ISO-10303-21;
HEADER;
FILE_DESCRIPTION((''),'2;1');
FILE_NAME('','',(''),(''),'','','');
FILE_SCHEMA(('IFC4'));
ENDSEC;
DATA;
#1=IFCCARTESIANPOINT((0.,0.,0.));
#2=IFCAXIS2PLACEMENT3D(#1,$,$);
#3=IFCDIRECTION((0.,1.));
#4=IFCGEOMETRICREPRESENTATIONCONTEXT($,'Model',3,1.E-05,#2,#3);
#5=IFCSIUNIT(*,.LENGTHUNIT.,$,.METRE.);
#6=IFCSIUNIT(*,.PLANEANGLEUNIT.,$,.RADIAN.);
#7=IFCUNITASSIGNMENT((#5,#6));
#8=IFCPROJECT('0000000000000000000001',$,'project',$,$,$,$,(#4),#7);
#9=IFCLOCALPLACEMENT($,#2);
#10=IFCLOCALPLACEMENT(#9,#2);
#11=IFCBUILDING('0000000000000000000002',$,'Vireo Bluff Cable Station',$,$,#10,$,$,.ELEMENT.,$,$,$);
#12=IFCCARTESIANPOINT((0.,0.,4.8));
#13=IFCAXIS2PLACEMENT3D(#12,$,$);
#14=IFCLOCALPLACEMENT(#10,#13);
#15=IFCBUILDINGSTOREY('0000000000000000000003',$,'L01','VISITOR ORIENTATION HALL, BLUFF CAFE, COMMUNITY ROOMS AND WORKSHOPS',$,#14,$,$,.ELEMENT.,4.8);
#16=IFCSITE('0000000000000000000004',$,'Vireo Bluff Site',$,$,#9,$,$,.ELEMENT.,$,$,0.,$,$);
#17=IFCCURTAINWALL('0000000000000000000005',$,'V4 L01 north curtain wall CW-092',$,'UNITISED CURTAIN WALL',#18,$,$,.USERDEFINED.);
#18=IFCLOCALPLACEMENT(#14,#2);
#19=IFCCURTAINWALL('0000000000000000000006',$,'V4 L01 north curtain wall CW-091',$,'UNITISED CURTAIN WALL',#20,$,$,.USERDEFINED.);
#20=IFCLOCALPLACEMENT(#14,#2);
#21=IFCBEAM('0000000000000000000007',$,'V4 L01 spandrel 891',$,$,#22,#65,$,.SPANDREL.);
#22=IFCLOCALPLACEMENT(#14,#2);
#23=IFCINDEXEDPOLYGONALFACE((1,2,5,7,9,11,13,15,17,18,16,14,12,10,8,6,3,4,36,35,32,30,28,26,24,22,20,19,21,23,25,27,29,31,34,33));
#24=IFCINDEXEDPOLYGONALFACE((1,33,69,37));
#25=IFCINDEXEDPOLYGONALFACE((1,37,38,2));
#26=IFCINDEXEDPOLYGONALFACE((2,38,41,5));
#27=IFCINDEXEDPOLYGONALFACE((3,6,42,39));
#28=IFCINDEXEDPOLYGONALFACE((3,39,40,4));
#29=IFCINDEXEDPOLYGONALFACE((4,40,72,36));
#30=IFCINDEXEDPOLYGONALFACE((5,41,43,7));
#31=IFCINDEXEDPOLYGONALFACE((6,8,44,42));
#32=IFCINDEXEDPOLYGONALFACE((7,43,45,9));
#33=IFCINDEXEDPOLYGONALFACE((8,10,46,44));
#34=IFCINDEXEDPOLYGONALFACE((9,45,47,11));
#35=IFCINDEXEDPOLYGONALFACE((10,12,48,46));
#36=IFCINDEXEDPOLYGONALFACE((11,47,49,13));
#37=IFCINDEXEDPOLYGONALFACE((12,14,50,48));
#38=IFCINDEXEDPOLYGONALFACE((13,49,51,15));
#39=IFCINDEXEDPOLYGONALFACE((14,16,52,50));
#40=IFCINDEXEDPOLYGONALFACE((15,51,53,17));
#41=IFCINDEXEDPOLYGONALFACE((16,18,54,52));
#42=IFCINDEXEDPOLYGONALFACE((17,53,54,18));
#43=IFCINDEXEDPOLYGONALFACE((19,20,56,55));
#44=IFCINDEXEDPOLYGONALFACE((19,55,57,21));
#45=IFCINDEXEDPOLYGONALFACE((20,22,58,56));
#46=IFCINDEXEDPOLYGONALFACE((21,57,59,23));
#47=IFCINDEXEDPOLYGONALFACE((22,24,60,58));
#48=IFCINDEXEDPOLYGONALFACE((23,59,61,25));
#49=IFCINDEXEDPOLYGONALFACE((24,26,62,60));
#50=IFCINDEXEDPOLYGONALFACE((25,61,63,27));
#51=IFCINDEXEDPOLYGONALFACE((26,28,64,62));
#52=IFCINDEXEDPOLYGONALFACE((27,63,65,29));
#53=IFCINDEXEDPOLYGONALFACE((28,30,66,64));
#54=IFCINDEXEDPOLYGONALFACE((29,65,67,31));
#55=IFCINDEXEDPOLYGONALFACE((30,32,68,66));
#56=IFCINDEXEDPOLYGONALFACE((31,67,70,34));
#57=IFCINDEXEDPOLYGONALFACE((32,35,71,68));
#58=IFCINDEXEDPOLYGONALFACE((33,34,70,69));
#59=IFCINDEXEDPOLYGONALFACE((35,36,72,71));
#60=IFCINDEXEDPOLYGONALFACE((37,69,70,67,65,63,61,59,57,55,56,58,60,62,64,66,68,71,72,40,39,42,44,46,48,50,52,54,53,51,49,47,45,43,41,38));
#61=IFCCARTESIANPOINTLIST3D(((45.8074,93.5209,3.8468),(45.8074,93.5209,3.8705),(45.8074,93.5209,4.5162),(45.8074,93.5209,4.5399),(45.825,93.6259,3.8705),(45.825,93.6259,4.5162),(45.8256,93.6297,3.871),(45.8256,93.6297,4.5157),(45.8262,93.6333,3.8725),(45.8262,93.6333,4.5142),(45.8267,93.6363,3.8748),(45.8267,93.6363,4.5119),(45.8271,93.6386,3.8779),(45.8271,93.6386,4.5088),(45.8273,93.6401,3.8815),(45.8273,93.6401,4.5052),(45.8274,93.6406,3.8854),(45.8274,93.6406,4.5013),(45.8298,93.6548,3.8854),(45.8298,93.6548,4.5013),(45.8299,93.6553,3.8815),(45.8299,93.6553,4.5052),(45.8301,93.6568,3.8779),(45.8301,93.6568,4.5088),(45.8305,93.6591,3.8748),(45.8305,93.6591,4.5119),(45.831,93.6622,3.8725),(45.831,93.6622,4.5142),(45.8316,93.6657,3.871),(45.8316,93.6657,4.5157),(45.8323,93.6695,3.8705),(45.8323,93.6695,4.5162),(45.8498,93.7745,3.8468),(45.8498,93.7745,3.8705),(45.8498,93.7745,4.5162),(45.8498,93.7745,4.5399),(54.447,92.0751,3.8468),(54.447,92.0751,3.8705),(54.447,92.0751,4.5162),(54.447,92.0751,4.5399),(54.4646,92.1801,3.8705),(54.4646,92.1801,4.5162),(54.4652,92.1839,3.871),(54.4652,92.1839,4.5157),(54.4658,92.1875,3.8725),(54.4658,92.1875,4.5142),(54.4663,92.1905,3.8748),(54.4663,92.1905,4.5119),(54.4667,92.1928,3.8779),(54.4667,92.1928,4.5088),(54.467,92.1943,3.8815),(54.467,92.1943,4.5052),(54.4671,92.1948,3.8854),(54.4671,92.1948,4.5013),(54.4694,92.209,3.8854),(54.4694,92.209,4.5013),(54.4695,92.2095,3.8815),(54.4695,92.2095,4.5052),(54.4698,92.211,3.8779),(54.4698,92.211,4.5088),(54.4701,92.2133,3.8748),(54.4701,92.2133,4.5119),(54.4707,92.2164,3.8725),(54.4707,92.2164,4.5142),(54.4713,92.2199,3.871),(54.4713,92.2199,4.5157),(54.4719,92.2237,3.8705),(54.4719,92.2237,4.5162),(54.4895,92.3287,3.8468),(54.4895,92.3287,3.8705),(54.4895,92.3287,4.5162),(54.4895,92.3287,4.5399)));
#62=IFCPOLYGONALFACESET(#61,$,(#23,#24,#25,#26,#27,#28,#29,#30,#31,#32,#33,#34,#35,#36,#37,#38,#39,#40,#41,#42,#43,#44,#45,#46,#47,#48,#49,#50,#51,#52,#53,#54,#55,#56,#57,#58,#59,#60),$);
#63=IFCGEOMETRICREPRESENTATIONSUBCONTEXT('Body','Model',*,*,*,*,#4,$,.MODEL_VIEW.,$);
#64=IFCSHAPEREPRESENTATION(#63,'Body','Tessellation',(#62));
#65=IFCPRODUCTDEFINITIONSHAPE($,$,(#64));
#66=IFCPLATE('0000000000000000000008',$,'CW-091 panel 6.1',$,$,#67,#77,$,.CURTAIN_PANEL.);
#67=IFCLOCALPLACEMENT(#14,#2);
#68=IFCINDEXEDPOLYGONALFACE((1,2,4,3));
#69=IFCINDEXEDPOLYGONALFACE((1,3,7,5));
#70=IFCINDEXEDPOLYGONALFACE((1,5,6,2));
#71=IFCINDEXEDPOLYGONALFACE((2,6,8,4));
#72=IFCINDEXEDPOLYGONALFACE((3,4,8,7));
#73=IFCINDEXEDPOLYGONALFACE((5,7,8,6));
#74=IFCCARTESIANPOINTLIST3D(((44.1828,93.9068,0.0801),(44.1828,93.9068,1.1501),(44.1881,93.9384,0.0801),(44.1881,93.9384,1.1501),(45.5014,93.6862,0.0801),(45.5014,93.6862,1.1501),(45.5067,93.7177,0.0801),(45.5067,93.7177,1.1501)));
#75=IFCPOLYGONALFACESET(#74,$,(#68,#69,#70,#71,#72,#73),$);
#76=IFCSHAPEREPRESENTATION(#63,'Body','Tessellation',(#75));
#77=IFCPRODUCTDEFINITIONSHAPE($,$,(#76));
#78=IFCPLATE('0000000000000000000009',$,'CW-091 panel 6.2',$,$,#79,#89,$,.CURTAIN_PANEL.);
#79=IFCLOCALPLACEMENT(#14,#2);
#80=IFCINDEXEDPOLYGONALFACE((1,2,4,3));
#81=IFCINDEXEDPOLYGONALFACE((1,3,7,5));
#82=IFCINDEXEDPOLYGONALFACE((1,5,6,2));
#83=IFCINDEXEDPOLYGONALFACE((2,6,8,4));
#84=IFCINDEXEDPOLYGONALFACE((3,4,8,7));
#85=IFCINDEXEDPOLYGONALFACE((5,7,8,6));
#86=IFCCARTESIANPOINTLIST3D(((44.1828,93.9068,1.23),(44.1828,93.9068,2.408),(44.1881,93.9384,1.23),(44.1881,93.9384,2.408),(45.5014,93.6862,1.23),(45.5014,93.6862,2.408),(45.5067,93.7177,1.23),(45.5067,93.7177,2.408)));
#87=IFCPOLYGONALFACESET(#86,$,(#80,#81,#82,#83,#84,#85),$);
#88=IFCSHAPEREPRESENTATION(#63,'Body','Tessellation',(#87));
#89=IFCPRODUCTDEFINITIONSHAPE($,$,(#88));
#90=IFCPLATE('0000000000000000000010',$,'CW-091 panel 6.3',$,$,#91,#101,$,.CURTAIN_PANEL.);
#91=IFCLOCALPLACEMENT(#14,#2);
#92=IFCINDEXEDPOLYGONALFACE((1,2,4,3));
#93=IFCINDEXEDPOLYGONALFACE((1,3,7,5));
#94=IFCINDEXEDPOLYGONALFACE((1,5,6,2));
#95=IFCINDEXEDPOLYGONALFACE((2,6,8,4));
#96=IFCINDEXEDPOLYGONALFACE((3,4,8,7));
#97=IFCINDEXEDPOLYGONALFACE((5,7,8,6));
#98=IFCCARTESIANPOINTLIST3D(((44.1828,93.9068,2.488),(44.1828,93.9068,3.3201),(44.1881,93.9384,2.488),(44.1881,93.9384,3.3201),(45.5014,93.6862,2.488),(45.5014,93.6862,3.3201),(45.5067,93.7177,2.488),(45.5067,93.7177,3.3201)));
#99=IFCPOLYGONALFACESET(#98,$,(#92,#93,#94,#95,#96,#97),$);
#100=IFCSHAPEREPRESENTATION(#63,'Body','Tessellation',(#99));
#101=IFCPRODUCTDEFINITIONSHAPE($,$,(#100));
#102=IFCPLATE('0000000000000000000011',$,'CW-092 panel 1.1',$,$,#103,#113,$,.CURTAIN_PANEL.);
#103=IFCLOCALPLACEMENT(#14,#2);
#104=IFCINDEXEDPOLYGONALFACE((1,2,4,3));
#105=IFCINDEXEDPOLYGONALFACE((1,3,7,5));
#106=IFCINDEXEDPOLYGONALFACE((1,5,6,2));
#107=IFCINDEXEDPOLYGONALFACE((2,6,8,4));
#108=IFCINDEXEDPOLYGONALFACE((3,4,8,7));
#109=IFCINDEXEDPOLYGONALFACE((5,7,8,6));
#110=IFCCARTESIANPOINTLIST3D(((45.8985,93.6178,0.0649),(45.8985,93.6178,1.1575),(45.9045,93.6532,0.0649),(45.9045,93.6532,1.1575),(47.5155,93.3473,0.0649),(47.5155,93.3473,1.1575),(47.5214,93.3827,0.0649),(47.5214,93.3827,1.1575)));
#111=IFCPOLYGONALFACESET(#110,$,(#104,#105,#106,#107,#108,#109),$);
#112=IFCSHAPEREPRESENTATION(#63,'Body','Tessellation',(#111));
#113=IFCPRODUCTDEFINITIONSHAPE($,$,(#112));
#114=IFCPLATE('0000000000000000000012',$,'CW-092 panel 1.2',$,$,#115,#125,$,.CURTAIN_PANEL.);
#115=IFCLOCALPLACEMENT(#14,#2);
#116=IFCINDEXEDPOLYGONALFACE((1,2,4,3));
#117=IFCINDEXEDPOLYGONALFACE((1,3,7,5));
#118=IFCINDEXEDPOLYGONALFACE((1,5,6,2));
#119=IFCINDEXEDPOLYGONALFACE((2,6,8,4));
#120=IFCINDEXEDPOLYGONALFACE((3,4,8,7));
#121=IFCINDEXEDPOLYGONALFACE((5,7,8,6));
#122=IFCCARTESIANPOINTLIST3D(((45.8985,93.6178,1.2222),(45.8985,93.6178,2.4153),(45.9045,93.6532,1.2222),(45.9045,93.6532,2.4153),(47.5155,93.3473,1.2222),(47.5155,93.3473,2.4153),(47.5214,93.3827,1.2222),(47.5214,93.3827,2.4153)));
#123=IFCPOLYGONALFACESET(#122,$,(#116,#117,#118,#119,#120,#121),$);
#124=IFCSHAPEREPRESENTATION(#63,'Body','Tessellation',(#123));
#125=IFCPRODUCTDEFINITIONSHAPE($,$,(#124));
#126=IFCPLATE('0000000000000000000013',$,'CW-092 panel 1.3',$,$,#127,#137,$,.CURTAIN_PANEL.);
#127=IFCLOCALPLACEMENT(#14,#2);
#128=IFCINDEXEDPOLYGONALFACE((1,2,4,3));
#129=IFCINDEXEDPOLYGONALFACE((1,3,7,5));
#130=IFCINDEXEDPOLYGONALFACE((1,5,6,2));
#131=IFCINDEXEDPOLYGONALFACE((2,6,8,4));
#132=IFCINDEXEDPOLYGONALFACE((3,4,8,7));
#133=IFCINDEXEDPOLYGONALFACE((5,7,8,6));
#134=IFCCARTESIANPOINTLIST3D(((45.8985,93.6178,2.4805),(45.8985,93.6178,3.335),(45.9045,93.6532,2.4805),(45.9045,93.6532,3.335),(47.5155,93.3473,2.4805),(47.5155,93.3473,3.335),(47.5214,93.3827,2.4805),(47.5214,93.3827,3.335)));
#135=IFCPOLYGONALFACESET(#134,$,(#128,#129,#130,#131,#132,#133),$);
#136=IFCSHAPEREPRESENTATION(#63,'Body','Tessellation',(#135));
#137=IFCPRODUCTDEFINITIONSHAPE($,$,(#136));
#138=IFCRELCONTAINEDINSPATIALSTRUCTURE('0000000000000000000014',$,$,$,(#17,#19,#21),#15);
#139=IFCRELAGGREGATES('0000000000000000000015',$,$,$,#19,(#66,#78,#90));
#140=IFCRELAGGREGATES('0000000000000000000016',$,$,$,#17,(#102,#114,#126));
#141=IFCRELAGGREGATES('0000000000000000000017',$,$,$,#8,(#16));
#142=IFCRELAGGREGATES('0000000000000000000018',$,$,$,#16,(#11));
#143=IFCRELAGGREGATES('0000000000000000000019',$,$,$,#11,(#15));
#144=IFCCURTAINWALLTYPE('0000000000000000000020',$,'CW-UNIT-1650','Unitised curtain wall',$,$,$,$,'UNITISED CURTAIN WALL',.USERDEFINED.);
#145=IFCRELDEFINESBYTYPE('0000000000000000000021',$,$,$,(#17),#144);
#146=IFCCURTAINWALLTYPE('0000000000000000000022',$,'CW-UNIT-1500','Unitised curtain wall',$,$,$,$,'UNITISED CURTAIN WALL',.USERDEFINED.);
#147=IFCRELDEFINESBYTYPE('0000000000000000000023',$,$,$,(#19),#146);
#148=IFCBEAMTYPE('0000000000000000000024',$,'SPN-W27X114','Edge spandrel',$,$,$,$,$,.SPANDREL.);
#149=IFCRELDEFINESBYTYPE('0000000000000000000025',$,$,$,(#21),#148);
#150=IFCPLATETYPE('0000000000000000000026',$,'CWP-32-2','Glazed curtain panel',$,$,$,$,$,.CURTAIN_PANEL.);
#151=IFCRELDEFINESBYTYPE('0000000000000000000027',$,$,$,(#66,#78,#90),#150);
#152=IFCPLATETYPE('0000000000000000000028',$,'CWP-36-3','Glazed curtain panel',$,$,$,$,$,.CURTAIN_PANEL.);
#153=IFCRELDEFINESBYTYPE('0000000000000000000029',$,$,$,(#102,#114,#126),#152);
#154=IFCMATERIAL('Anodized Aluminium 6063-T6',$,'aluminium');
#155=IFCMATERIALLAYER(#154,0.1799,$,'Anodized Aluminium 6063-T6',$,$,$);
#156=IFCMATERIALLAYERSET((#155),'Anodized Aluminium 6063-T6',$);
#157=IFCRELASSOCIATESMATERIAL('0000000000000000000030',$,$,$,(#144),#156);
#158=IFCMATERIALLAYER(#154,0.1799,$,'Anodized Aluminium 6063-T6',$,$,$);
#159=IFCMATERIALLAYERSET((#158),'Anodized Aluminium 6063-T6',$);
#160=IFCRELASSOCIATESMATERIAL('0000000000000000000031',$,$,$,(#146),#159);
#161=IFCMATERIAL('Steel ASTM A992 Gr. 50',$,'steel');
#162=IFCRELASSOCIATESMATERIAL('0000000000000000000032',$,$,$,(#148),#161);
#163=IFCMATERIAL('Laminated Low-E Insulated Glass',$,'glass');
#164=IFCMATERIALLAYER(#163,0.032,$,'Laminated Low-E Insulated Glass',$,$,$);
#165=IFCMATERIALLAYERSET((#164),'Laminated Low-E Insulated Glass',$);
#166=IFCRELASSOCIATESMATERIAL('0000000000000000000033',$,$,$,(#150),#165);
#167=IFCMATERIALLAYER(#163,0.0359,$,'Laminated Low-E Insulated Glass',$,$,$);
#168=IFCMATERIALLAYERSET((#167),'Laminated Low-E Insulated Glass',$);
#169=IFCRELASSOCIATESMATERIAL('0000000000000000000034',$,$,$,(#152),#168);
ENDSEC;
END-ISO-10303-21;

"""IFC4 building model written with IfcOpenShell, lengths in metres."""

from ifc_helpers import new_model, si_unit, direction, frame, origin, origin_2d, place, context, subcontext, project, spatial, rectangle, i_section, extrude, material, layer, layer_set, material_profile, profile_set, type_object, element, aggregate, save


model = new_model("IFC4")

# Units and contexts
model_context = context("Model", 3, precision=1e-05, world=origin(), true_north=direction((0.0, 1.0)))
body_context = subcontext(model_context, "Body", "Model", "MODEL_VIEW")
ifc_project = project(units=[si_unit("LENGTHUNIT", "METRE"), si_unit("PLANEANGLEUNIT", "RADIAN")], contexts=[model_context])

# Site, building, storey
site_placement = place(None, origin())
site = spatial("IfcSite", under=ifc_project, at=site_placement, Name="Vireo Bluff Site", CompositionType="ELEMENT", RefElevation=0.0)
building_placement = place(site_placement, origin())
building = spatial("IfcBuilding", under=site, at=building_placement, Name="Vireo Bluff Cable Station", CompositionType="ELEMENT")
storey_placement = place(building_placement, frame((0.0, 0.0, 4.8)))
storey = spatial("IfcBuildingStorey", under=building, at=storey_placement, Name="L01", Description="VISITOR ORIENTATION HALL, BLUFF CAFE, COMMUNITY ROOMS AND WORKSHOPS", CompositionType="ELEMENT", Elevation=4.8)

# Shared definitions
ifc_material_1 = material(Name="Steel ASTM A992 Gr. 50", Category="steel")

# Curtain wall
ifc_material_2 = material(Name="Anodized Aluminium 6063-T6", Category="aluminium")
ifc_layer_1 = layer(ifc_material_2, 0.1799, Name="Anodized Aluminium 6063-T6")
ifc_layer_set_1 = layer_set([ifc_layer_1], Name="Anodized Aluminium 6063-T6")
curtain_wall_type_1 = type_object("IfcCurtainWallType", Name="CW-UNIT-1650", Description="Unitised curtain wall", ElementType="UNITISED CURTAIN WALL", PredefinedType="USERDEFINED", material=ifc_layer_set_1)
curtain_wall_1_placement = place(storey_placement, origin())
curtain_wall_1 = element("IfcCurtainWall", 1, at=curtain_wall_1_placement, inside=storey, type_object=curtain_wall_type_1, Name="V4 L01 north curtain wall CW-092", ObjectType="UNITISED CURTAIN WALL", PredefinedType="USERDEFINED")

# Curtain wall
ifc_layer_2 = layer(ifc_material_2, 0.1799, Name="Anodized Aluminium 6063-T6")
ifc_layer_set_2 = layer_set([ifc_layer_2], Name="Anodized Aluminium 6063-T6")
curtain_wall_type_2 = type_object("IfcCurtainWallType", Name="CW-UNIT-1500", Description="Unitised curtain wall", ElementType="UNITISED CURTAIN WALL", PredefinedType="USERDEFINED", material=ifc_layer_set_2)
curtain_wall_2_placement = place(storey_placement, origin())
curtain_wall_2 = element("IfcCurtainWall", 2, at=curtain_wall_2_placement, inside=storey, type_object=curtain_wall_type_2, Name="V4 L01 north curtain wall CW-091", ObjectType="UNITISED CURTAIN WALL", PredefinedType="USERDEFINED")

# Beam
ifc_material_profile_1 = material_profile(ifc_material_1, i_section(OverallWidth=0.2571, OverallDepth=0.6931, WebThickness=0.0144, FlangeThickness=0.0237, FilletRadius=0.0149, at=origin_2d()), Name="W27X114")
ifc_profile_set_1 = profile_set([ifc_material_profile_1], Name="Steel ASTM A992 Gr. 50")
beam_type_1 = type_object("IfcBeamType", Name="SPN-W27X114", Description="Edge spandrel", PredefinedType="SPANDREL", material=ifc_profile_set_1)
beam_1_placement = place(storey_placement, frame((45.8286, 93.6477, 4.1934), z_axis=(0.986285, -0.16505, 0.0), x_axis=(0.16505, 0.986285, 0.0)))
element("IfcBeam", 3, at=beam_1_placement, inside=storey, type_object=beam_type_1, Name="V4 L01 spandrel 891", PredefinedType="SPANDREL", context=body_context, shape_type="SweptSolid", body=[
    extrude(i_section(OverallWidth=0.2571, OverallDepth=0.6931, WebThickness=0.0144, FlangeThickness=0.0237, FilletRadius=0.0149, at=origin_2d()), origin(), (0.0, 0.0, 1.0), 8.7598),
])

# Plates
ifc_material_3 = material(Name="Laminated Low-E Insulated Glass", Category="glass")
ifc_layer_3 = layer(ifc_material_3, 0.032, Name="Laminated Low-E Insulated Glass")
ifc_layer_set_3 = layer_set([ifc_layer_3], Name="Laminated Low-E Insulated Glass")
plate_type_1 = type_object("IfcPlateType", Name="CWP-32-2", Description="Glazed curtain panel", PredefinedType="CURTAIN_PANEL", material=ifc_layer_set_3)
plate_1_placement = place(storey_placement, frame((44.8447, 93.8123, 0.0801), z_axis=(0.0, 0.0, 1.0), x_axis=(0.986286, -0.165048, 0.0)))
plate_1 = element("IfcPlate", 4, at=plate_1_placement, type_object=plate_type_1, Name="CW-091 panel 6.1", PredefinedType="CURTAIN_PANEL", context=body_context, shape_type="SweptSolid", body=[
    extrude(rectangle(XDim=1.3369, YDim=0.032, at=origin_2d()), origin(), (0.0, 0.0, 1.0), 1.0701),
])
plate_2_placement = place(storey_placement, frame((44.8447, 93.8123, 1.23), z_axis=(0.0, 0.0, 1.0), x_axis=(0.986286, -0.165048, 0.0)))
plate_2 = element("IfcPlate", 5, at=plate_2_placement, type_object=plate_type_1, Name="CW-091 panel 6.2", PredefinedType="CURTAIN_PANEL", context=body_context, shape_type="SweptSolid", body=[
    extrude(rectangle(XDim=1.3369, YDim=0.032, at=origin_2d()), origin(), (0.0, 0.0, 1.0), 1.178),
])
plate_3_placement = place(storey_placement, frame((44.8447, 93.8123, 2.488), z_axis=(0.0, 0.0, 1.0), x_axis=(0.986286, -0.165048, 0.0)))
plate_3 = element("IfcPlate", 6, at=plate_3_placement, type_object=plate_type_1, Name="CW-091 panel 6.3", PredefinedType="CURTAIN_PANEL", context=body_context, shape_type="SweptSolid", body=[
    extrude(rectangle(XDim=1.3369, YDim=0.032, at=origin_2d()), origin(), (0.0, 0.0, 1.0), 0.832),
])
aggregate(curtain_wall_2, [plate_1, plate_2, plate_3])
ifc_layer_4 = layer(ifc_material_3, 0.0359, Name="Laminated Low-E Insulated Glass")
ifc_layer_set_4 = layer_set([ifc_layer_4], Name="Laminated Low-E Insulated Glass")
plate_type_2 = type_object("IfcPlateType", Name="CWP-36-3", Description="Glazed curtain panel", PredefinedType="CURTAIN_PANEL", material=ifc_layer_set_4)
plate_4_placement = place(storey_placement, frame((46.71, 93.5002, 0.0649), z_axis=(0.0, 0.0, 1.0), x_axis=(0.986286, -0.165048, 0.0)))
plate_4 = element("IfcPlate", 7, at=plate_4_placement, type_object=plate_type_2, Name="CW-092 panel 1.1", PredefinedType="CURTAIN_PANEL", context=body_context, shape_type="SweptSolid", body=[
    extrude(rectangle(XDim=1.6394, YDim=0.0359, at=origin_2d()), origin(), (0.0, 0.0, 1.0), 1.0925),
])
plate_5_placement = place(storey_placement, frame((46.71, 93.5002, 1.2222), z_axis=(0.0, 0.0, 1.0), x_axis=(0.986286, -0.165048, 0.0)))
plate_5 = element("IfcPlate", 8, at=plate_5_placement, type_object=plate_type_2, Name="CW-092 panel 1.2", PredefinedType="CURTAIN_PANEL", context=body_context, shape_type="SweptSolid", body=[
    extrude(rectangle(XDim=1.6394, YDim=0.0359, at=origin_2d()), origin(), (0.0, 0.0, 1.0), 1.1931),
])
plate_6_placement = place(storey_placement, frame((46.71, 93.5002, 2.4805), z_axis=(0.0, 0.0, 1.0), x_axis=(0.986286, -0.165048, 0.0)))
plate_6 = element("IfcPlate", 9, at=plate_6_placement, type_object=plate_type_2, Name="CW-092 panel 1.3", PredefinedType="CURTAIN_PANEL", context=body_context, shape_type="SweptSolid", body=[
    extrude(rectangle(XDim=1.6394, YDim=0.0359, at=origin_2d()), origin(), (0.0, 0.0, 1.0), 0.8545),
])
aggregate(curtain_wall_1, [plate_4, plate_5, plate_6])

save(model, "model.ifc")
